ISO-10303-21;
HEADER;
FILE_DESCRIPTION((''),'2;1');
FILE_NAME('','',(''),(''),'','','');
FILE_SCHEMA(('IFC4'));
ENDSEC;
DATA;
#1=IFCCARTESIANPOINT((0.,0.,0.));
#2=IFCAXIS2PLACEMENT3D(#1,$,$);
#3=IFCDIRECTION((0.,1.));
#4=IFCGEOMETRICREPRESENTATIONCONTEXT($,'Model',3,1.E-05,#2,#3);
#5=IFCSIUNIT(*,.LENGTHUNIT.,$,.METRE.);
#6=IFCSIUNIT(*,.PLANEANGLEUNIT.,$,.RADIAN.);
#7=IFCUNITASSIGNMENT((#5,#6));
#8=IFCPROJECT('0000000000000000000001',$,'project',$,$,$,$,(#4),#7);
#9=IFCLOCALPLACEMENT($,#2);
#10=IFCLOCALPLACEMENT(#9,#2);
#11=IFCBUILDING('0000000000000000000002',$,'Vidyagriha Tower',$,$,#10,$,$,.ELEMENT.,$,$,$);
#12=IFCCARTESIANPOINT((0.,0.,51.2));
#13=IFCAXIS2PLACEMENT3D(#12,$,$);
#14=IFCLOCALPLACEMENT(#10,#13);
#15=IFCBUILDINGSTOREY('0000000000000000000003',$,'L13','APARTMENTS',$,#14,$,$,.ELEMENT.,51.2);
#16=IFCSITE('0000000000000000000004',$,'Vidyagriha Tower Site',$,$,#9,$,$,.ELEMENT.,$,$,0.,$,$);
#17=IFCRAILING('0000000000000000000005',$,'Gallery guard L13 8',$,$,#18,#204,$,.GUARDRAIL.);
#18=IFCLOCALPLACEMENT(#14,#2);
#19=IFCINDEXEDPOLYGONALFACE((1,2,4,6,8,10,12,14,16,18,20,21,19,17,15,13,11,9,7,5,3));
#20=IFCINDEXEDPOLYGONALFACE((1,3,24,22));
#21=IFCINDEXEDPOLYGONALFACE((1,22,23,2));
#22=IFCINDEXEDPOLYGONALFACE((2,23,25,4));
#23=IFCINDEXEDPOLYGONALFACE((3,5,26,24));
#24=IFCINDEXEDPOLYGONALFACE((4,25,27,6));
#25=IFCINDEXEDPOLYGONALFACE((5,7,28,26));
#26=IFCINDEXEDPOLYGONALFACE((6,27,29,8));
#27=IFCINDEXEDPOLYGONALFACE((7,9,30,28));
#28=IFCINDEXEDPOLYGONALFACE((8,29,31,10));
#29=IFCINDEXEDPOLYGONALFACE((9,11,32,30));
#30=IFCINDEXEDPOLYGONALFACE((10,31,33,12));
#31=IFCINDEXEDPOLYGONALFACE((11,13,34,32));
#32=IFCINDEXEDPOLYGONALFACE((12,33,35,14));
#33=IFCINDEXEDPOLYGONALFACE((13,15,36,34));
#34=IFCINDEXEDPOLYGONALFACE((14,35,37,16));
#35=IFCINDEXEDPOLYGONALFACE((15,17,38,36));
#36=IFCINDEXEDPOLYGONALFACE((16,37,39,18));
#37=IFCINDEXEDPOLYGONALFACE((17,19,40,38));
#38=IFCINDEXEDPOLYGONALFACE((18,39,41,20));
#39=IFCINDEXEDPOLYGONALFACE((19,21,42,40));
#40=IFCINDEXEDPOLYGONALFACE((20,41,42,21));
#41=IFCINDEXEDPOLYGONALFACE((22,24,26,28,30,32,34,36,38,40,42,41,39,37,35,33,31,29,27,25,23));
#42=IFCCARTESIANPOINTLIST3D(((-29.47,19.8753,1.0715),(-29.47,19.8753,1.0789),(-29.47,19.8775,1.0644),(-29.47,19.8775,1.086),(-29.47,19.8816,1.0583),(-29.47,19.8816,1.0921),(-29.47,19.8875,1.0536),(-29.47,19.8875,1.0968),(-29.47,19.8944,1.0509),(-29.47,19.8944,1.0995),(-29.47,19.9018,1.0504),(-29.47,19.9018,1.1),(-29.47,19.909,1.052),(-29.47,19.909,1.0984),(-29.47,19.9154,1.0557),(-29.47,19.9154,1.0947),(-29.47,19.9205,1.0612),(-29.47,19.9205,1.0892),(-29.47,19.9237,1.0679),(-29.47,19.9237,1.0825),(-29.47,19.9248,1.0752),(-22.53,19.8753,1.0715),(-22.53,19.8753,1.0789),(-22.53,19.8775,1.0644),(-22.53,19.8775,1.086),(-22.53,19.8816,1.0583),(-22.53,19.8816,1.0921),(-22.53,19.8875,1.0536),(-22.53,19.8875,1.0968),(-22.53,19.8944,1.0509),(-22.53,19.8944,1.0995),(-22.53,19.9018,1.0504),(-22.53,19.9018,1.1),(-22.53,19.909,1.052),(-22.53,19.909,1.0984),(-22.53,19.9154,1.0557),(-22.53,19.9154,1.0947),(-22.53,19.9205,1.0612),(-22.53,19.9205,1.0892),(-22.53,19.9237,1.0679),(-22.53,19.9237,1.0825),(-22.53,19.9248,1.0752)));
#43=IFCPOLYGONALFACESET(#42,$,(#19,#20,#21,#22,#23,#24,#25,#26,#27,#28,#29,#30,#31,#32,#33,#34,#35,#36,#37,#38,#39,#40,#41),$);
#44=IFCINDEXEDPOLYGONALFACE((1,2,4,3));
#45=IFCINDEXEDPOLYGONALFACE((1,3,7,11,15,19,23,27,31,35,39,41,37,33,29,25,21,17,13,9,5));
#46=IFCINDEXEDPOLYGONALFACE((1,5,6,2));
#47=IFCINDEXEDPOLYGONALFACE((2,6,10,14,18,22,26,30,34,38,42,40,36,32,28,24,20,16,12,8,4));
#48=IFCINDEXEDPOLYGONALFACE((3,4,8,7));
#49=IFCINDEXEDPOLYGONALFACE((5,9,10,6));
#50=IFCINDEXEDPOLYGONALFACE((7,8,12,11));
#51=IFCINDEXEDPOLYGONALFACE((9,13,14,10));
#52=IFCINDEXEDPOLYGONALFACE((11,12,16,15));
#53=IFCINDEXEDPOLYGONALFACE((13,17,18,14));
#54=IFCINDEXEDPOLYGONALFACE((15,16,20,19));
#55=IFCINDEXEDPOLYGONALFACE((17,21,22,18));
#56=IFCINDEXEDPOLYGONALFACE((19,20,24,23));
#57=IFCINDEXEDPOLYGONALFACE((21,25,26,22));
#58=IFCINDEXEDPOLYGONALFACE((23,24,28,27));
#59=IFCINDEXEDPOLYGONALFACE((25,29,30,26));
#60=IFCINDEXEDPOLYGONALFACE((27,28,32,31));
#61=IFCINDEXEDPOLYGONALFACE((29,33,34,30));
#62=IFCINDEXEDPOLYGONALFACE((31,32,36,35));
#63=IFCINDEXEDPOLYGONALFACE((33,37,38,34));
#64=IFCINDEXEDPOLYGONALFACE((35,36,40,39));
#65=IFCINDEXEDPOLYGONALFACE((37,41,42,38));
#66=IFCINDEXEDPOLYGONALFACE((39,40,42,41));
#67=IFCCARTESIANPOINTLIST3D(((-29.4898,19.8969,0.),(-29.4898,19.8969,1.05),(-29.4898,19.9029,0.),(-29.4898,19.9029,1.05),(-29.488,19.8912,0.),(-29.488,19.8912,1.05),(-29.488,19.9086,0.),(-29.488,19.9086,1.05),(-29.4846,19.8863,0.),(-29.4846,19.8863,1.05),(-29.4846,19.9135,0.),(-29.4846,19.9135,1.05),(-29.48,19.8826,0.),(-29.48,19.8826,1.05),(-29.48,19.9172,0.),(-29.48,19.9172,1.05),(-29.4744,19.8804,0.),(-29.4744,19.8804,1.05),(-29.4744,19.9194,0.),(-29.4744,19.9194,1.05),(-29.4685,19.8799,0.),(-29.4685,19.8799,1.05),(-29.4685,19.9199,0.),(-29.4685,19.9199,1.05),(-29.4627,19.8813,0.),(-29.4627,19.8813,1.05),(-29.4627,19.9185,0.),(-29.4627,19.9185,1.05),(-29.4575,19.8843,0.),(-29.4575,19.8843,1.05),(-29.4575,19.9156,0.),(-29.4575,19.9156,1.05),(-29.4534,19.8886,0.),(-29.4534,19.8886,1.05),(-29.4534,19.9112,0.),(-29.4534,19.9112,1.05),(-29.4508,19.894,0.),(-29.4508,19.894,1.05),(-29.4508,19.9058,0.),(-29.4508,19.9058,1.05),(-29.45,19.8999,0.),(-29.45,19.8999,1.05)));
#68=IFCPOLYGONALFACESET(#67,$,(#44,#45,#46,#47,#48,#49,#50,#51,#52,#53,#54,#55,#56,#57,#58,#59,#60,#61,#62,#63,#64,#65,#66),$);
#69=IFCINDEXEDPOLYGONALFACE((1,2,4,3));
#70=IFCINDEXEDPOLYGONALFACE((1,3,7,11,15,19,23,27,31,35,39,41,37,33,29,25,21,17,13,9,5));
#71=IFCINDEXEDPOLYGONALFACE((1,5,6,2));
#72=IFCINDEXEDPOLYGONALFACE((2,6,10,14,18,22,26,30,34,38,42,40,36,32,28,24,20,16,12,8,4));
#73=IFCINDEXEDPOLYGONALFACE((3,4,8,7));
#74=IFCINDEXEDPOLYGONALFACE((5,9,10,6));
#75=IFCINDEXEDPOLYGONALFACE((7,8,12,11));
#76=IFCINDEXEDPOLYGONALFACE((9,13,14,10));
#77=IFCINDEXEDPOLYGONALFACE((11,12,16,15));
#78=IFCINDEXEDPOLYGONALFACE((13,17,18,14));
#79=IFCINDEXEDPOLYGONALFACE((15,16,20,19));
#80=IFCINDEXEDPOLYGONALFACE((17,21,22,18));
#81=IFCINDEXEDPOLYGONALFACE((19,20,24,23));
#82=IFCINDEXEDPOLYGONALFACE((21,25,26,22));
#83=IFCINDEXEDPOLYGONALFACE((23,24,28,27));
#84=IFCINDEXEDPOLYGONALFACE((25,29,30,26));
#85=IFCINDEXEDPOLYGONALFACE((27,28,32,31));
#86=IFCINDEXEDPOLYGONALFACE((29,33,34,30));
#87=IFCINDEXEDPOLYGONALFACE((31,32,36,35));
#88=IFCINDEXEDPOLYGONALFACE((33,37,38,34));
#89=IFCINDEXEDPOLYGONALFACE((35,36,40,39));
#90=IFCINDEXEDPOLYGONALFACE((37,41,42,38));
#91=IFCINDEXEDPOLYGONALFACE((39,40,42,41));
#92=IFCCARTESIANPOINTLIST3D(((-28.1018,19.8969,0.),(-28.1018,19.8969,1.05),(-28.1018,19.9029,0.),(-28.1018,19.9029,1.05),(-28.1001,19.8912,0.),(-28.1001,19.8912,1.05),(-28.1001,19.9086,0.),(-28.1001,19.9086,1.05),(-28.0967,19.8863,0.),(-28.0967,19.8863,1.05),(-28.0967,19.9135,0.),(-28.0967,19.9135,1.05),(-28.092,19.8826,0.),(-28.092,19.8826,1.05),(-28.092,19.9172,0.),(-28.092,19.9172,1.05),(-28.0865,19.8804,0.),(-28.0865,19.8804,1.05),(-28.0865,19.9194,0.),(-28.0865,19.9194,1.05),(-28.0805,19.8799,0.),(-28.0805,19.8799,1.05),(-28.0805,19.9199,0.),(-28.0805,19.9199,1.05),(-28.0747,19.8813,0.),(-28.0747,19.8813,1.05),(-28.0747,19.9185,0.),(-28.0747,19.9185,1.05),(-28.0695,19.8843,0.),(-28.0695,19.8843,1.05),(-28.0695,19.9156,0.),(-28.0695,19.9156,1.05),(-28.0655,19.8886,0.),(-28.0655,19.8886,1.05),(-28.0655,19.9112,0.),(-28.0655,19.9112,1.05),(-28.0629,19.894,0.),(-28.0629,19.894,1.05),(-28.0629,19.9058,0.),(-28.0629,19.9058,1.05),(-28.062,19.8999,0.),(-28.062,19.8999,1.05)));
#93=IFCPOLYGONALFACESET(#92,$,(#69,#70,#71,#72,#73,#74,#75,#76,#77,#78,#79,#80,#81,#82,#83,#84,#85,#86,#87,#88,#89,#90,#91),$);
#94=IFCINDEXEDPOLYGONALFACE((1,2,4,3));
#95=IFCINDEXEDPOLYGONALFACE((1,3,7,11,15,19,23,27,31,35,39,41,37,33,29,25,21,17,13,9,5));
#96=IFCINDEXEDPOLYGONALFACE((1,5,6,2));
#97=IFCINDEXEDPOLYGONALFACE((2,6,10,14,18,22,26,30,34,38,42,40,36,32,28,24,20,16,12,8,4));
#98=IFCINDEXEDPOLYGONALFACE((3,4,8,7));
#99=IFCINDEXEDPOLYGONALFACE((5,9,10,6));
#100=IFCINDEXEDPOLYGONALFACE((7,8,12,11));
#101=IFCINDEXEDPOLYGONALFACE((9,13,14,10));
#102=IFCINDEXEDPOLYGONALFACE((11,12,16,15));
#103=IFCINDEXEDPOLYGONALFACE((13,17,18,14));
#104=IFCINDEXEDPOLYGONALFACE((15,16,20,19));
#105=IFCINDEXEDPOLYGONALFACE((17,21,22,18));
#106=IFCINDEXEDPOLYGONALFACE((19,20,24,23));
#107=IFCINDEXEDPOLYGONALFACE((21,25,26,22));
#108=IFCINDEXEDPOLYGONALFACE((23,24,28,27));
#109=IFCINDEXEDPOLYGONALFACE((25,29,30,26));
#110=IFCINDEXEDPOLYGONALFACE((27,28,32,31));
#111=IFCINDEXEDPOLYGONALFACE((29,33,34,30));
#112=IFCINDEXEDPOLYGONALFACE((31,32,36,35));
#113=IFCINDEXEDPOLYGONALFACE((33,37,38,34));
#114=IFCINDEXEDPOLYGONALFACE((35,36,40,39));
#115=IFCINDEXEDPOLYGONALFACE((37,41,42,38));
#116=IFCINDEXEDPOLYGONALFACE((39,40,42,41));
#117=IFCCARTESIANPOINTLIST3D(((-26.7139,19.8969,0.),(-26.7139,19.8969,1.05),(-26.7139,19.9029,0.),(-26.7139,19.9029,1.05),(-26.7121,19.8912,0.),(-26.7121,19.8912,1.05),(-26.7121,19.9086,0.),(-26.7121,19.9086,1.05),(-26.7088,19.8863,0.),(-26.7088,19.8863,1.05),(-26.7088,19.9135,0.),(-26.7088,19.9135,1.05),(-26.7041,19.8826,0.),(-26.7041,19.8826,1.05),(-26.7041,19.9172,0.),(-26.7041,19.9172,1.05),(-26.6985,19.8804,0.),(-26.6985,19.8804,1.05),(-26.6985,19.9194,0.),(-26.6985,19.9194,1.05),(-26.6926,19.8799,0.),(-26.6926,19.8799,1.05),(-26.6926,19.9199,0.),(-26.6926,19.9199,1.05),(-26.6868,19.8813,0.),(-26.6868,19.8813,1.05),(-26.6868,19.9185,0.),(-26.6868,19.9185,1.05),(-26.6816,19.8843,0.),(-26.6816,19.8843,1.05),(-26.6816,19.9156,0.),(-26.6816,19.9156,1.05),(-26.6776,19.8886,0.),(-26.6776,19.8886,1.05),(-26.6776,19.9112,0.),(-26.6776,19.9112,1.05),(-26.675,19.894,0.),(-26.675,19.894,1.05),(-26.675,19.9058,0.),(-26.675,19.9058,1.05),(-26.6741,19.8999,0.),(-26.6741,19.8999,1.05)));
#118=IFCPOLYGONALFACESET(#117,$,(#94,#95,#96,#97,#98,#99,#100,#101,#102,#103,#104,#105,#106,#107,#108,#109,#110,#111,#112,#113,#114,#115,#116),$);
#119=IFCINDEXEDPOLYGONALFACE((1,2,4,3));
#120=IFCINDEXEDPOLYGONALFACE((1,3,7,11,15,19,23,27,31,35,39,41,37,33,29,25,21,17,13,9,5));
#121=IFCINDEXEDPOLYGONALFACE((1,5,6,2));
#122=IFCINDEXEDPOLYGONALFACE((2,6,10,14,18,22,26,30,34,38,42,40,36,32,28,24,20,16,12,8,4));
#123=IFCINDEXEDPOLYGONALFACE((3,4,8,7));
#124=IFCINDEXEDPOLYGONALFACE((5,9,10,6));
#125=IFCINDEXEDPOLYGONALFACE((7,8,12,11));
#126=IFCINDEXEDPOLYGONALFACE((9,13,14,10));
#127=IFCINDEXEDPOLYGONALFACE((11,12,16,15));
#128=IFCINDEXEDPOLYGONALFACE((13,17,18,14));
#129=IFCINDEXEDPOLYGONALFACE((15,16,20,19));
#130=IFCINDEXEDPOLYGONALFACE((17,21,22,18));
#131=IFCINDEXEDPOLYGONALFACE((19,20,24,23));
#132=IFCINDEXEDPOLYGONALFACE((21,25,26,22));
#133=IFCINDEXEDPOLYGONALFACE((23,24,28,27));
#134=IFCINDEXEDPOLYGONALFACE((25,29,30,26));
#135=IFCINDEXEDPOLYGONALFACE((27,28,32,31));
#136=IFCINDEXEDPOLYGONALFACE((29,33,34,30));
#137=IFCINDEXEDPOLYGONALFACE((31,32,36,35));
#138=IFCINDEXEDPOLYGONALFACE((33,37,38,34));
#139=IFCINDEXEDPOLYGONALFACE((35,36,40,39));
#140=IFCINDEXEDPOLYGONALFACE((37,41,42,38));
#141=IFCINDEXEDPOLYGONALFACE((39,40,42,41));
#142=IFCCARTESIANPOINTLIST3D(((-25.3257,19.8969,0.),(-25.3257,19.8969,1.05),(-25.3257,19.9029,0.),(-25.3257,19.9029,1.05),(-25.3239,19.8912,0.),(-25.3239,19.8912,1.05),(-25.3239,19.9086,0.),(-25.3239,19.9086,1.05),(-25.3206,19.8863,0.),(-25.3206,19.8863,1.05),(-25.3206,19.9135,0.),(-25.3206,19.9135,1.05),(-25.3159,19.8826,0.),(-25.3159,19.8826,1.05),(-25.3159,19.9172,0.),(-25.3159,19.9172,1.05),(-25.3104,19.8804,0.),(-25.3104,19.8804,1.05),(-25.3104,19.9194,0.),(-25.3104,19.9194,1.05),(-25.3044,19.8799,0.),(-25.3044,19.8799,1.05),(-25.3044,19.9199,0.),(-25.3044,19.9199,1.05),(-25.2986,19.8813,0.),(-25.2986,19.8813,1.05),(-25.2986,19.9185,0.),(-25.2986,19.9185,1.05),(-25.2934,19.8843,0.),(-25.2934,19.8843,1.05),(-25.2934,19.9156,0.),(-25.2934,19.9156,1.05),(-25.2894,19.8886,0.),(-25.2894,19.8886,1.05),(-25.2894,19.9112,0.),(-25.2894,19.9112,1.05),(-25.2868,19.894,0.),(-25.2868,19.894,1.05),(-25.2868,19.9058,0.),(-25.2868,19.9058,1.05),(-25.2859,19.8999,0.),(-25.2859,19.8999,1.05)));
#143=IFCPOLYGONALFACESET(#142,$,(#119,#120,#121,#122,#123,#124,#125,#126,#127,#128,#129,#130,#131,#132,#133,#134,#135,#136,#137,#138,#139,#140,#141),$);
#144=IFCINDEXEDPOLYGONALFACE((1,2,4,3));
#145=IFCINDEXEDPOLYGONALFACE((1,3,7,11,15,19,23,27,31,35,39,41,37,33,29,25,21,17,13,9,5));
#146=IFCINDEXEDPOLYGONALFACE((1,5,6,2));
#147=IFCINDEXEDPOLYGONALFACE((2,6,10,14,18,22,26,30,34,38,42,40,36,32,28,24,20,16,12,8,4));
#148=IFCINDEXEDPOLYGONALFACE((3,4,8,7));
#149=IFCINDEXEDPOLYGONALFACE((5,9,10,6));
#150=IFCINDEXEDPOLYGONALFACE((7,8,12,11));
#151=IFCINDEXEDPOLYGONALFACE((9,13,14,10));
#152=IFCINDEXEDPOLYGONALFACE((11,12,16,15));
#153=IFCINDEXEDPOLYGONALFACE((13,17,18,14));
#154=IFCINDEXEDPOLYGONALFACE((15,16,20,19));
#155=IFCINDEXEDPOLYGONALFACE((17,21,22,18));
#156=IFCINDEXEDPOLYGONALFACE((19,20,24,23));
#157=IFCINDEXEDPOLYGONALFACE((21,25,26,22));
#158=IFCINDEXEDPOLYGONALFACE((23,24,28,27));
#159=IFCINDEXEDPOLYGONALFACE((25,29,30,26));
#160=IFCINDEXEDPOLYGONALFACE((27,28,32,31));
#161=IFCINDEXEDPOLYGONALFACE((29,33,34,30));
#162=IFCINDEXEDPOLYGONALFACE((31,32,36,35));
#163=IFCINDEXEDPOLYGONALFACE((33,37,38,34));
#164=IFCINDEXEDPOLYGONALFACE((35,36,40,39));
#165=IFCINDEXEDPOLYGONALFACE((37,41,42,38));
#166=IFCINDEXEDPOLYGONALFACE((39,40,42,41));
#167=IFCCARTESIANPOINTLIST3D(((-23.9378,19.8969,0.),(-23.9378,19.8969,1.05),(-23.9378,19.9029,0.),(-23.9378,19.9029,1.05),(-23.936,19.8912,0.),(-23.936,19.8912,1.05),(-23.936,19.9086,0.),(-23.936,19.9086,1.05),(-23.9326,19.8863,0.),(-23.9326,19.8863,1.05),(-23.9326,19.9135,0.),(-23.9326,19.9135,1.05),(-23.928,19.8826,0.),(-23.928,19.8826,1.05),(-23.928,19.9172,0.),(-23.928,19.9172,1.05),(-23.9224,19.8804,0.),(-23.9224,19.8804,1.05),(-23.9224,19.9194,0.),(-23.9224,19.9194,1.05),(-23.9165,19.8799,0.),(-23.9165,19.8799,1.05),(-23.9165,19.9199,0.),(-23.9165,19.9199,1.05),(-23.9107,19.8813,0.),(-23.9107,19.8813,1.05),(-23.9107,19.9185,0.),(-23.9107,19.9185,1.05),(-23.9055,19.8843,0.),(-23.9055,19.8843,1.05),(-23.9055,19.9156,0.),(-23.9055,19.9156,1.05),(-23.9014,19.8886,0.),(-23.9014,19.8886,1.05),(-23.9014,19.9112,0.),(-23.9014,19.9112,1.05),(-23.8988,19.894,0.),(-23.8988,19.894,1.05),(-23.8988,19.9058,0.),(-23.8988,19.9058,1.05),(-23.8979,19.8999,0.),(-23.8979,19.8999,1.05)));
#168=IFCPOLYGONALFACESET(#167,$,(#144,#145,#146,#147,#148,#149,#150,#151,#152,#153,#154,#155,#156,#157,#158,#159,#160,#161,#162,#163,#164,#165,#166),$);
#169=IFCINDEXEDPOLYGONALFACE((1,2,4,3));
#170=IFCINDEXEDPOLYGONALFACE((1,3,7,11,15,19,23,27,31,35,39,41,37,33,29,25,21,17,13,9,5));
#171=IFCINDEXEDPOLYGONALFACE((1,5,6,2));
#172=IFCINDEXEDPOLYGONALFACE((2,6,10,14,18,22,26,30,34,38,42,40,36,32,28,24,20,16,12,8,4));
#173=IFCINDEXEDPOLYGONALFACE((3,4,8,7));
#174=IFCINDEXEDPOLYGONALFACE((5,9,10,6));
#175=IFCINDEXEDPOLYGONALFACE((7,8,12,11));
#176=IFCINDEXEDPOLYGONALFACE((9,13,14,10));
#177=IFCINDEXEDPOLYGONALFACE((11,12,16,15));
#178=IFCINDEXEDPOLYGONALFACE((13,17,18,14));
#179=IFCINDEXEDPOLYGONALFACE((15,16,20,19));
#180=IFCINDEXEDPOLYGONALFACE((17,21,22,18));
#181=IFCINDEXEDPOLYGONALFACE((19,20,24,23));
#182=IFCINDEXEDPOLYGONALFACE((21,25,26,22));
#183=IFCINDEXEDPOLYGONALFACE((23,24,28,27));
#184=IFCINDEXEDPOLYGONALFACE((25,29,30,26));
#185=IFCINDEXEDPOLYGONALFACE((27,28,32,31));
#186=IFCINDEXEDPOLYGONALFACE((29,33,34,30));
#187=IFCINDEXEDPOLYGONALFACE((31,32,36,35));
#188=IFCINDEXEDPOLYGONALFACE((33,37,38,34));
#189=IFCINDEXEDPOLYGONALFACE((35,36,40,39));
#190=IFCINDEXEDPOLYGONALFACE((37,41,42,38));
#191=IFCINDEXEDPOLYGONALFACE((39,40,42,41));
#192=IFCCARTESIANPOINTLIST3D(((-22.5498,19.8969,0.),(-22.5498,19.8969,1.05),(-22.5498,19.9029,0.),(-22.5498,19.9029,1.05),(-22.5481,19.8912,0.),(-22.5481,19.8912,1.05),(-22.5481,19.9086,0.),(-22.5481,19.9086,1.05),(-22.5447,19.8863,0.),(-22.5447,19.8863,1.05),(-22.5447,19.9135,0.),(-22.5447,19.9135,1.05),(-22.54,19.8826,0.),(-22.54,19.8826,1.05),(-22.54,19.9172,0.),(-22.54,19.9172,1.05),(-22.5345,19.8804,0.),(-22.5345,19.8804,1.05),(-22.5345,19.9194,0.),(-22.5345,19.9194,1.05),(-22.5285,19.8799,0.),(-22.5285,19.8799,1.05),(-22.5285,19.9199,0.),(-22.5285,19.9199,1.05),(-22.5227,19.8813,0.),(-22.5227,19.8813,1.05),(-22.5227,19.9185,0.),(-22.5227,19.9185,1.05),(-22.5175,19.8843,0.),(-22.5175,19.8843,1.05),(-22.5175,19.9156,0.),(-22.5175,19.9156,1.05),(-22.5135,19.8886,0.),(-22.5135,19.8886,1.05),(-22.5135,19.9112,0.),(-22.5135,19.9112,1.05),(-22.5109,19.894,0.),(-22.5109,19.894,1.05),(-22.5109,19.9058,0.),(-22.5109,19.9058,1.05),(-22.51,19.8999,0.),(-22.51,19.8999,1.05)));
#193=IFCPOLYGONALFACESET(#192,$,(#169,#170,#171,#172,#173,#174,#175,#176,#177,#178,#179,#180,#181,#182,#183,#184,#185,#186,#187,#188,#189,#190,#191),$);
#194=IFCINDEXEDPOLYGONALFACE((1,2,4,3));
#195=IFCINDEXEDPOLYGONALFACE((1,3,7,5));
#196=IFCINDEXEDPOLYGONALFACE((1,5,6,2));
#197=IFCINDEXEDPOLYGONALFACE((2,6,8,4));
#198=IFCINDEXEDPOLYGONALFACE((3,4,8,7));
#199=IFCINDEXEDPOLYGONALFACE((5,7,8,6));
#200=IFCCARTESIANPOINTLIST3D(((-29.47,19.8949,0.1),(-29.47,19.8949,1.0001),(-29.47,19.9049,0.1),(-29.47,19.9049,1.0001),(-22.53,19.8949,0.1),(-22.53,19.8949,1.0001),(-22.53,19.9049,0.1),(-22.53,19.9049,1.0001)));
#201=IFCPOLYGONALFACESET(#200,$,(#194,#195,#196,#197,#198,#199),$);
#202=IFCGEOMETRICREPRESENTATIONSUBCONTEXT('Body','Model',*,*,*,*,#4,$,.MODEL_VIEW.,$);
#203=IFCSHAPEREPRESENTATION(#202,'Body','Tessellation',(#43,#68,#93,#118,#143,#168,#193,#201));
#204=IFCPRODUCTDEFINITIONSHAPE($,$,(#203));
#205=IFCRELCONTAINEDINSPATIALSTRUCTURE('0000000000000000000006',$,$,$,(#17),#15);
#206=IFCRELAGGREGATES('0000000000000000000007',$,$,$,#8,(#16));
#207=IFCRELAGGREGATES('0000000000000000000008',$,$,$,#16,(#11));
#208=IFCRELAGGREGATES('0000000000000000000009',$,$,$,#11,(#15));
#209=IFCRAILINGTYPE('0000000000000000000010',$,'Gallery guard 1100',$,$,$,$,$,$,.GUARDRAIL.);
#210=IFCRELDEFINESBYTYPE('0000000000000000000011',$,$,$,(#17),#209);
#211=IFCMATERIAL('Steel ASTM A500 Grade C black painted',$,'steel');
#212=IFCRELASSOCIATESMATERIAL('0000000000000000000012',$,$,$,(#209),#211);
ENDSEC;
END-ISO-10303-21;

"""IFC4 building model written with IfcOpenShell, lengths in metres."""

from ifc_helpers import new_model, si_unit, direction, frame, origin, origin_2d, place, context, subcontext, project, spatial, rectangle, circle, extrude, material, type_object, element, save


model = new_model("IFC4")

# Units and contexts
model_context = context("Model", 3, precision=1e-05, world=origin(), true_north=direction((0.0, 1.0)))
body_context = subcontext(model_context, "Body", "Model", "MODEL_VIEW")
ifc_project = project(units=[si_unit("LENGTHUNIT", "METRE"), si_unit("PLANEANGLEUNIT", "RADIAN")], contexts=[model_context])

# Site, building, storey
site_placement = place(None, origin())
site = spatial("IfcSite", under=ifc_project, at=site_placement, Name="Vidyagriha Tower Site", CompositionType="ELEMENT", RefElevation=0.0)
building_placement = place(site_placement, origin())
building = spatial("IfcBuilding", under=site, at=building_placement, Name="Vidyagriha Tower", CompositionType="ELEMENT")
storey_placement = place(building_placement, frame((0.0, 0.0, 51.2)))
storey = spatial("IfcBuildingStorey", under=building, at=storey_placement, Name="L13", Description="APARTMENTS", CompositionType="ELEMENT", Elevation=51.2)

# Railing
ifc_material_1 = material(Name="Steel ASTM A500 Grade C black painted", Category="steel")
railing_type = type_object("IfcRailingType", Name="Gallery guard 1100", PredefinedType="GUARDRAIL", material=ifc_material_1)
railing_1_placement = place(storey_placement, frame((-29.47, 19.8999, 0.0)))
element("IfcRailing", 1, at=railing_1_placement, inside=storey, type_object=railing_type, Name="Gallery guard L13 8", PredefinedType="GUARDRAIL", context=body_context, shape_type="SweptSolid", body=[
    extrude(circle(Radius=0.0249, at=origin_2d()), frame((0.0, 0.0, 1.0752), z_axis=(1.0, 0.0, 0.0), x_axis=(0.0, 1.0, 0.0)), (0.0, 0.0, 1.0), 6.9399),
    extrude(circle(Radius=0.02, at=origin_2d()), origin(), (0.0, 0.0, 1.0), 1.05),
    extrude(circle(Radius=0.02, at=origin_2d()), frame((1.3879, 0.0, 0.0)), (0.0, 0.0, 1.0), 1.05),
    extrude(circle(Radius=0.02, at=origin_2d()), frame((2.7759, 0.0, 0.0)), (0.0, 0.0, 1.0), 1.05),
    extrude(circle(Radius=0.02, at=origin_2d()), frame((4.1641, 0.0, 0.0)), (0.0, 0.0, 1.0), 1.05),
    extrude(circle(Radius=0.02, at=origin_2d()), frame((5.552, 0.0, 0.0)), (0.0, 0.0, 1.0), 1.05),
    extrude(circle(Radius=0.02, at=origin_2d()), frame((6.9399, 0.0, 0.0)), (0.0, 0.0, 1.0), 1.05),
    extrude(rectangle(XDim=0.01, YDim=0.9001, at=origin_2d()), frame((0.0, 0.0, 0.55), z_axis=(1.0, 0.0, 0.0), x_axis=(0.0, 1.0, 0.0)), (0.0, 0.0, 1.0), 6.9399),
])

save(model, "model.ifc")
